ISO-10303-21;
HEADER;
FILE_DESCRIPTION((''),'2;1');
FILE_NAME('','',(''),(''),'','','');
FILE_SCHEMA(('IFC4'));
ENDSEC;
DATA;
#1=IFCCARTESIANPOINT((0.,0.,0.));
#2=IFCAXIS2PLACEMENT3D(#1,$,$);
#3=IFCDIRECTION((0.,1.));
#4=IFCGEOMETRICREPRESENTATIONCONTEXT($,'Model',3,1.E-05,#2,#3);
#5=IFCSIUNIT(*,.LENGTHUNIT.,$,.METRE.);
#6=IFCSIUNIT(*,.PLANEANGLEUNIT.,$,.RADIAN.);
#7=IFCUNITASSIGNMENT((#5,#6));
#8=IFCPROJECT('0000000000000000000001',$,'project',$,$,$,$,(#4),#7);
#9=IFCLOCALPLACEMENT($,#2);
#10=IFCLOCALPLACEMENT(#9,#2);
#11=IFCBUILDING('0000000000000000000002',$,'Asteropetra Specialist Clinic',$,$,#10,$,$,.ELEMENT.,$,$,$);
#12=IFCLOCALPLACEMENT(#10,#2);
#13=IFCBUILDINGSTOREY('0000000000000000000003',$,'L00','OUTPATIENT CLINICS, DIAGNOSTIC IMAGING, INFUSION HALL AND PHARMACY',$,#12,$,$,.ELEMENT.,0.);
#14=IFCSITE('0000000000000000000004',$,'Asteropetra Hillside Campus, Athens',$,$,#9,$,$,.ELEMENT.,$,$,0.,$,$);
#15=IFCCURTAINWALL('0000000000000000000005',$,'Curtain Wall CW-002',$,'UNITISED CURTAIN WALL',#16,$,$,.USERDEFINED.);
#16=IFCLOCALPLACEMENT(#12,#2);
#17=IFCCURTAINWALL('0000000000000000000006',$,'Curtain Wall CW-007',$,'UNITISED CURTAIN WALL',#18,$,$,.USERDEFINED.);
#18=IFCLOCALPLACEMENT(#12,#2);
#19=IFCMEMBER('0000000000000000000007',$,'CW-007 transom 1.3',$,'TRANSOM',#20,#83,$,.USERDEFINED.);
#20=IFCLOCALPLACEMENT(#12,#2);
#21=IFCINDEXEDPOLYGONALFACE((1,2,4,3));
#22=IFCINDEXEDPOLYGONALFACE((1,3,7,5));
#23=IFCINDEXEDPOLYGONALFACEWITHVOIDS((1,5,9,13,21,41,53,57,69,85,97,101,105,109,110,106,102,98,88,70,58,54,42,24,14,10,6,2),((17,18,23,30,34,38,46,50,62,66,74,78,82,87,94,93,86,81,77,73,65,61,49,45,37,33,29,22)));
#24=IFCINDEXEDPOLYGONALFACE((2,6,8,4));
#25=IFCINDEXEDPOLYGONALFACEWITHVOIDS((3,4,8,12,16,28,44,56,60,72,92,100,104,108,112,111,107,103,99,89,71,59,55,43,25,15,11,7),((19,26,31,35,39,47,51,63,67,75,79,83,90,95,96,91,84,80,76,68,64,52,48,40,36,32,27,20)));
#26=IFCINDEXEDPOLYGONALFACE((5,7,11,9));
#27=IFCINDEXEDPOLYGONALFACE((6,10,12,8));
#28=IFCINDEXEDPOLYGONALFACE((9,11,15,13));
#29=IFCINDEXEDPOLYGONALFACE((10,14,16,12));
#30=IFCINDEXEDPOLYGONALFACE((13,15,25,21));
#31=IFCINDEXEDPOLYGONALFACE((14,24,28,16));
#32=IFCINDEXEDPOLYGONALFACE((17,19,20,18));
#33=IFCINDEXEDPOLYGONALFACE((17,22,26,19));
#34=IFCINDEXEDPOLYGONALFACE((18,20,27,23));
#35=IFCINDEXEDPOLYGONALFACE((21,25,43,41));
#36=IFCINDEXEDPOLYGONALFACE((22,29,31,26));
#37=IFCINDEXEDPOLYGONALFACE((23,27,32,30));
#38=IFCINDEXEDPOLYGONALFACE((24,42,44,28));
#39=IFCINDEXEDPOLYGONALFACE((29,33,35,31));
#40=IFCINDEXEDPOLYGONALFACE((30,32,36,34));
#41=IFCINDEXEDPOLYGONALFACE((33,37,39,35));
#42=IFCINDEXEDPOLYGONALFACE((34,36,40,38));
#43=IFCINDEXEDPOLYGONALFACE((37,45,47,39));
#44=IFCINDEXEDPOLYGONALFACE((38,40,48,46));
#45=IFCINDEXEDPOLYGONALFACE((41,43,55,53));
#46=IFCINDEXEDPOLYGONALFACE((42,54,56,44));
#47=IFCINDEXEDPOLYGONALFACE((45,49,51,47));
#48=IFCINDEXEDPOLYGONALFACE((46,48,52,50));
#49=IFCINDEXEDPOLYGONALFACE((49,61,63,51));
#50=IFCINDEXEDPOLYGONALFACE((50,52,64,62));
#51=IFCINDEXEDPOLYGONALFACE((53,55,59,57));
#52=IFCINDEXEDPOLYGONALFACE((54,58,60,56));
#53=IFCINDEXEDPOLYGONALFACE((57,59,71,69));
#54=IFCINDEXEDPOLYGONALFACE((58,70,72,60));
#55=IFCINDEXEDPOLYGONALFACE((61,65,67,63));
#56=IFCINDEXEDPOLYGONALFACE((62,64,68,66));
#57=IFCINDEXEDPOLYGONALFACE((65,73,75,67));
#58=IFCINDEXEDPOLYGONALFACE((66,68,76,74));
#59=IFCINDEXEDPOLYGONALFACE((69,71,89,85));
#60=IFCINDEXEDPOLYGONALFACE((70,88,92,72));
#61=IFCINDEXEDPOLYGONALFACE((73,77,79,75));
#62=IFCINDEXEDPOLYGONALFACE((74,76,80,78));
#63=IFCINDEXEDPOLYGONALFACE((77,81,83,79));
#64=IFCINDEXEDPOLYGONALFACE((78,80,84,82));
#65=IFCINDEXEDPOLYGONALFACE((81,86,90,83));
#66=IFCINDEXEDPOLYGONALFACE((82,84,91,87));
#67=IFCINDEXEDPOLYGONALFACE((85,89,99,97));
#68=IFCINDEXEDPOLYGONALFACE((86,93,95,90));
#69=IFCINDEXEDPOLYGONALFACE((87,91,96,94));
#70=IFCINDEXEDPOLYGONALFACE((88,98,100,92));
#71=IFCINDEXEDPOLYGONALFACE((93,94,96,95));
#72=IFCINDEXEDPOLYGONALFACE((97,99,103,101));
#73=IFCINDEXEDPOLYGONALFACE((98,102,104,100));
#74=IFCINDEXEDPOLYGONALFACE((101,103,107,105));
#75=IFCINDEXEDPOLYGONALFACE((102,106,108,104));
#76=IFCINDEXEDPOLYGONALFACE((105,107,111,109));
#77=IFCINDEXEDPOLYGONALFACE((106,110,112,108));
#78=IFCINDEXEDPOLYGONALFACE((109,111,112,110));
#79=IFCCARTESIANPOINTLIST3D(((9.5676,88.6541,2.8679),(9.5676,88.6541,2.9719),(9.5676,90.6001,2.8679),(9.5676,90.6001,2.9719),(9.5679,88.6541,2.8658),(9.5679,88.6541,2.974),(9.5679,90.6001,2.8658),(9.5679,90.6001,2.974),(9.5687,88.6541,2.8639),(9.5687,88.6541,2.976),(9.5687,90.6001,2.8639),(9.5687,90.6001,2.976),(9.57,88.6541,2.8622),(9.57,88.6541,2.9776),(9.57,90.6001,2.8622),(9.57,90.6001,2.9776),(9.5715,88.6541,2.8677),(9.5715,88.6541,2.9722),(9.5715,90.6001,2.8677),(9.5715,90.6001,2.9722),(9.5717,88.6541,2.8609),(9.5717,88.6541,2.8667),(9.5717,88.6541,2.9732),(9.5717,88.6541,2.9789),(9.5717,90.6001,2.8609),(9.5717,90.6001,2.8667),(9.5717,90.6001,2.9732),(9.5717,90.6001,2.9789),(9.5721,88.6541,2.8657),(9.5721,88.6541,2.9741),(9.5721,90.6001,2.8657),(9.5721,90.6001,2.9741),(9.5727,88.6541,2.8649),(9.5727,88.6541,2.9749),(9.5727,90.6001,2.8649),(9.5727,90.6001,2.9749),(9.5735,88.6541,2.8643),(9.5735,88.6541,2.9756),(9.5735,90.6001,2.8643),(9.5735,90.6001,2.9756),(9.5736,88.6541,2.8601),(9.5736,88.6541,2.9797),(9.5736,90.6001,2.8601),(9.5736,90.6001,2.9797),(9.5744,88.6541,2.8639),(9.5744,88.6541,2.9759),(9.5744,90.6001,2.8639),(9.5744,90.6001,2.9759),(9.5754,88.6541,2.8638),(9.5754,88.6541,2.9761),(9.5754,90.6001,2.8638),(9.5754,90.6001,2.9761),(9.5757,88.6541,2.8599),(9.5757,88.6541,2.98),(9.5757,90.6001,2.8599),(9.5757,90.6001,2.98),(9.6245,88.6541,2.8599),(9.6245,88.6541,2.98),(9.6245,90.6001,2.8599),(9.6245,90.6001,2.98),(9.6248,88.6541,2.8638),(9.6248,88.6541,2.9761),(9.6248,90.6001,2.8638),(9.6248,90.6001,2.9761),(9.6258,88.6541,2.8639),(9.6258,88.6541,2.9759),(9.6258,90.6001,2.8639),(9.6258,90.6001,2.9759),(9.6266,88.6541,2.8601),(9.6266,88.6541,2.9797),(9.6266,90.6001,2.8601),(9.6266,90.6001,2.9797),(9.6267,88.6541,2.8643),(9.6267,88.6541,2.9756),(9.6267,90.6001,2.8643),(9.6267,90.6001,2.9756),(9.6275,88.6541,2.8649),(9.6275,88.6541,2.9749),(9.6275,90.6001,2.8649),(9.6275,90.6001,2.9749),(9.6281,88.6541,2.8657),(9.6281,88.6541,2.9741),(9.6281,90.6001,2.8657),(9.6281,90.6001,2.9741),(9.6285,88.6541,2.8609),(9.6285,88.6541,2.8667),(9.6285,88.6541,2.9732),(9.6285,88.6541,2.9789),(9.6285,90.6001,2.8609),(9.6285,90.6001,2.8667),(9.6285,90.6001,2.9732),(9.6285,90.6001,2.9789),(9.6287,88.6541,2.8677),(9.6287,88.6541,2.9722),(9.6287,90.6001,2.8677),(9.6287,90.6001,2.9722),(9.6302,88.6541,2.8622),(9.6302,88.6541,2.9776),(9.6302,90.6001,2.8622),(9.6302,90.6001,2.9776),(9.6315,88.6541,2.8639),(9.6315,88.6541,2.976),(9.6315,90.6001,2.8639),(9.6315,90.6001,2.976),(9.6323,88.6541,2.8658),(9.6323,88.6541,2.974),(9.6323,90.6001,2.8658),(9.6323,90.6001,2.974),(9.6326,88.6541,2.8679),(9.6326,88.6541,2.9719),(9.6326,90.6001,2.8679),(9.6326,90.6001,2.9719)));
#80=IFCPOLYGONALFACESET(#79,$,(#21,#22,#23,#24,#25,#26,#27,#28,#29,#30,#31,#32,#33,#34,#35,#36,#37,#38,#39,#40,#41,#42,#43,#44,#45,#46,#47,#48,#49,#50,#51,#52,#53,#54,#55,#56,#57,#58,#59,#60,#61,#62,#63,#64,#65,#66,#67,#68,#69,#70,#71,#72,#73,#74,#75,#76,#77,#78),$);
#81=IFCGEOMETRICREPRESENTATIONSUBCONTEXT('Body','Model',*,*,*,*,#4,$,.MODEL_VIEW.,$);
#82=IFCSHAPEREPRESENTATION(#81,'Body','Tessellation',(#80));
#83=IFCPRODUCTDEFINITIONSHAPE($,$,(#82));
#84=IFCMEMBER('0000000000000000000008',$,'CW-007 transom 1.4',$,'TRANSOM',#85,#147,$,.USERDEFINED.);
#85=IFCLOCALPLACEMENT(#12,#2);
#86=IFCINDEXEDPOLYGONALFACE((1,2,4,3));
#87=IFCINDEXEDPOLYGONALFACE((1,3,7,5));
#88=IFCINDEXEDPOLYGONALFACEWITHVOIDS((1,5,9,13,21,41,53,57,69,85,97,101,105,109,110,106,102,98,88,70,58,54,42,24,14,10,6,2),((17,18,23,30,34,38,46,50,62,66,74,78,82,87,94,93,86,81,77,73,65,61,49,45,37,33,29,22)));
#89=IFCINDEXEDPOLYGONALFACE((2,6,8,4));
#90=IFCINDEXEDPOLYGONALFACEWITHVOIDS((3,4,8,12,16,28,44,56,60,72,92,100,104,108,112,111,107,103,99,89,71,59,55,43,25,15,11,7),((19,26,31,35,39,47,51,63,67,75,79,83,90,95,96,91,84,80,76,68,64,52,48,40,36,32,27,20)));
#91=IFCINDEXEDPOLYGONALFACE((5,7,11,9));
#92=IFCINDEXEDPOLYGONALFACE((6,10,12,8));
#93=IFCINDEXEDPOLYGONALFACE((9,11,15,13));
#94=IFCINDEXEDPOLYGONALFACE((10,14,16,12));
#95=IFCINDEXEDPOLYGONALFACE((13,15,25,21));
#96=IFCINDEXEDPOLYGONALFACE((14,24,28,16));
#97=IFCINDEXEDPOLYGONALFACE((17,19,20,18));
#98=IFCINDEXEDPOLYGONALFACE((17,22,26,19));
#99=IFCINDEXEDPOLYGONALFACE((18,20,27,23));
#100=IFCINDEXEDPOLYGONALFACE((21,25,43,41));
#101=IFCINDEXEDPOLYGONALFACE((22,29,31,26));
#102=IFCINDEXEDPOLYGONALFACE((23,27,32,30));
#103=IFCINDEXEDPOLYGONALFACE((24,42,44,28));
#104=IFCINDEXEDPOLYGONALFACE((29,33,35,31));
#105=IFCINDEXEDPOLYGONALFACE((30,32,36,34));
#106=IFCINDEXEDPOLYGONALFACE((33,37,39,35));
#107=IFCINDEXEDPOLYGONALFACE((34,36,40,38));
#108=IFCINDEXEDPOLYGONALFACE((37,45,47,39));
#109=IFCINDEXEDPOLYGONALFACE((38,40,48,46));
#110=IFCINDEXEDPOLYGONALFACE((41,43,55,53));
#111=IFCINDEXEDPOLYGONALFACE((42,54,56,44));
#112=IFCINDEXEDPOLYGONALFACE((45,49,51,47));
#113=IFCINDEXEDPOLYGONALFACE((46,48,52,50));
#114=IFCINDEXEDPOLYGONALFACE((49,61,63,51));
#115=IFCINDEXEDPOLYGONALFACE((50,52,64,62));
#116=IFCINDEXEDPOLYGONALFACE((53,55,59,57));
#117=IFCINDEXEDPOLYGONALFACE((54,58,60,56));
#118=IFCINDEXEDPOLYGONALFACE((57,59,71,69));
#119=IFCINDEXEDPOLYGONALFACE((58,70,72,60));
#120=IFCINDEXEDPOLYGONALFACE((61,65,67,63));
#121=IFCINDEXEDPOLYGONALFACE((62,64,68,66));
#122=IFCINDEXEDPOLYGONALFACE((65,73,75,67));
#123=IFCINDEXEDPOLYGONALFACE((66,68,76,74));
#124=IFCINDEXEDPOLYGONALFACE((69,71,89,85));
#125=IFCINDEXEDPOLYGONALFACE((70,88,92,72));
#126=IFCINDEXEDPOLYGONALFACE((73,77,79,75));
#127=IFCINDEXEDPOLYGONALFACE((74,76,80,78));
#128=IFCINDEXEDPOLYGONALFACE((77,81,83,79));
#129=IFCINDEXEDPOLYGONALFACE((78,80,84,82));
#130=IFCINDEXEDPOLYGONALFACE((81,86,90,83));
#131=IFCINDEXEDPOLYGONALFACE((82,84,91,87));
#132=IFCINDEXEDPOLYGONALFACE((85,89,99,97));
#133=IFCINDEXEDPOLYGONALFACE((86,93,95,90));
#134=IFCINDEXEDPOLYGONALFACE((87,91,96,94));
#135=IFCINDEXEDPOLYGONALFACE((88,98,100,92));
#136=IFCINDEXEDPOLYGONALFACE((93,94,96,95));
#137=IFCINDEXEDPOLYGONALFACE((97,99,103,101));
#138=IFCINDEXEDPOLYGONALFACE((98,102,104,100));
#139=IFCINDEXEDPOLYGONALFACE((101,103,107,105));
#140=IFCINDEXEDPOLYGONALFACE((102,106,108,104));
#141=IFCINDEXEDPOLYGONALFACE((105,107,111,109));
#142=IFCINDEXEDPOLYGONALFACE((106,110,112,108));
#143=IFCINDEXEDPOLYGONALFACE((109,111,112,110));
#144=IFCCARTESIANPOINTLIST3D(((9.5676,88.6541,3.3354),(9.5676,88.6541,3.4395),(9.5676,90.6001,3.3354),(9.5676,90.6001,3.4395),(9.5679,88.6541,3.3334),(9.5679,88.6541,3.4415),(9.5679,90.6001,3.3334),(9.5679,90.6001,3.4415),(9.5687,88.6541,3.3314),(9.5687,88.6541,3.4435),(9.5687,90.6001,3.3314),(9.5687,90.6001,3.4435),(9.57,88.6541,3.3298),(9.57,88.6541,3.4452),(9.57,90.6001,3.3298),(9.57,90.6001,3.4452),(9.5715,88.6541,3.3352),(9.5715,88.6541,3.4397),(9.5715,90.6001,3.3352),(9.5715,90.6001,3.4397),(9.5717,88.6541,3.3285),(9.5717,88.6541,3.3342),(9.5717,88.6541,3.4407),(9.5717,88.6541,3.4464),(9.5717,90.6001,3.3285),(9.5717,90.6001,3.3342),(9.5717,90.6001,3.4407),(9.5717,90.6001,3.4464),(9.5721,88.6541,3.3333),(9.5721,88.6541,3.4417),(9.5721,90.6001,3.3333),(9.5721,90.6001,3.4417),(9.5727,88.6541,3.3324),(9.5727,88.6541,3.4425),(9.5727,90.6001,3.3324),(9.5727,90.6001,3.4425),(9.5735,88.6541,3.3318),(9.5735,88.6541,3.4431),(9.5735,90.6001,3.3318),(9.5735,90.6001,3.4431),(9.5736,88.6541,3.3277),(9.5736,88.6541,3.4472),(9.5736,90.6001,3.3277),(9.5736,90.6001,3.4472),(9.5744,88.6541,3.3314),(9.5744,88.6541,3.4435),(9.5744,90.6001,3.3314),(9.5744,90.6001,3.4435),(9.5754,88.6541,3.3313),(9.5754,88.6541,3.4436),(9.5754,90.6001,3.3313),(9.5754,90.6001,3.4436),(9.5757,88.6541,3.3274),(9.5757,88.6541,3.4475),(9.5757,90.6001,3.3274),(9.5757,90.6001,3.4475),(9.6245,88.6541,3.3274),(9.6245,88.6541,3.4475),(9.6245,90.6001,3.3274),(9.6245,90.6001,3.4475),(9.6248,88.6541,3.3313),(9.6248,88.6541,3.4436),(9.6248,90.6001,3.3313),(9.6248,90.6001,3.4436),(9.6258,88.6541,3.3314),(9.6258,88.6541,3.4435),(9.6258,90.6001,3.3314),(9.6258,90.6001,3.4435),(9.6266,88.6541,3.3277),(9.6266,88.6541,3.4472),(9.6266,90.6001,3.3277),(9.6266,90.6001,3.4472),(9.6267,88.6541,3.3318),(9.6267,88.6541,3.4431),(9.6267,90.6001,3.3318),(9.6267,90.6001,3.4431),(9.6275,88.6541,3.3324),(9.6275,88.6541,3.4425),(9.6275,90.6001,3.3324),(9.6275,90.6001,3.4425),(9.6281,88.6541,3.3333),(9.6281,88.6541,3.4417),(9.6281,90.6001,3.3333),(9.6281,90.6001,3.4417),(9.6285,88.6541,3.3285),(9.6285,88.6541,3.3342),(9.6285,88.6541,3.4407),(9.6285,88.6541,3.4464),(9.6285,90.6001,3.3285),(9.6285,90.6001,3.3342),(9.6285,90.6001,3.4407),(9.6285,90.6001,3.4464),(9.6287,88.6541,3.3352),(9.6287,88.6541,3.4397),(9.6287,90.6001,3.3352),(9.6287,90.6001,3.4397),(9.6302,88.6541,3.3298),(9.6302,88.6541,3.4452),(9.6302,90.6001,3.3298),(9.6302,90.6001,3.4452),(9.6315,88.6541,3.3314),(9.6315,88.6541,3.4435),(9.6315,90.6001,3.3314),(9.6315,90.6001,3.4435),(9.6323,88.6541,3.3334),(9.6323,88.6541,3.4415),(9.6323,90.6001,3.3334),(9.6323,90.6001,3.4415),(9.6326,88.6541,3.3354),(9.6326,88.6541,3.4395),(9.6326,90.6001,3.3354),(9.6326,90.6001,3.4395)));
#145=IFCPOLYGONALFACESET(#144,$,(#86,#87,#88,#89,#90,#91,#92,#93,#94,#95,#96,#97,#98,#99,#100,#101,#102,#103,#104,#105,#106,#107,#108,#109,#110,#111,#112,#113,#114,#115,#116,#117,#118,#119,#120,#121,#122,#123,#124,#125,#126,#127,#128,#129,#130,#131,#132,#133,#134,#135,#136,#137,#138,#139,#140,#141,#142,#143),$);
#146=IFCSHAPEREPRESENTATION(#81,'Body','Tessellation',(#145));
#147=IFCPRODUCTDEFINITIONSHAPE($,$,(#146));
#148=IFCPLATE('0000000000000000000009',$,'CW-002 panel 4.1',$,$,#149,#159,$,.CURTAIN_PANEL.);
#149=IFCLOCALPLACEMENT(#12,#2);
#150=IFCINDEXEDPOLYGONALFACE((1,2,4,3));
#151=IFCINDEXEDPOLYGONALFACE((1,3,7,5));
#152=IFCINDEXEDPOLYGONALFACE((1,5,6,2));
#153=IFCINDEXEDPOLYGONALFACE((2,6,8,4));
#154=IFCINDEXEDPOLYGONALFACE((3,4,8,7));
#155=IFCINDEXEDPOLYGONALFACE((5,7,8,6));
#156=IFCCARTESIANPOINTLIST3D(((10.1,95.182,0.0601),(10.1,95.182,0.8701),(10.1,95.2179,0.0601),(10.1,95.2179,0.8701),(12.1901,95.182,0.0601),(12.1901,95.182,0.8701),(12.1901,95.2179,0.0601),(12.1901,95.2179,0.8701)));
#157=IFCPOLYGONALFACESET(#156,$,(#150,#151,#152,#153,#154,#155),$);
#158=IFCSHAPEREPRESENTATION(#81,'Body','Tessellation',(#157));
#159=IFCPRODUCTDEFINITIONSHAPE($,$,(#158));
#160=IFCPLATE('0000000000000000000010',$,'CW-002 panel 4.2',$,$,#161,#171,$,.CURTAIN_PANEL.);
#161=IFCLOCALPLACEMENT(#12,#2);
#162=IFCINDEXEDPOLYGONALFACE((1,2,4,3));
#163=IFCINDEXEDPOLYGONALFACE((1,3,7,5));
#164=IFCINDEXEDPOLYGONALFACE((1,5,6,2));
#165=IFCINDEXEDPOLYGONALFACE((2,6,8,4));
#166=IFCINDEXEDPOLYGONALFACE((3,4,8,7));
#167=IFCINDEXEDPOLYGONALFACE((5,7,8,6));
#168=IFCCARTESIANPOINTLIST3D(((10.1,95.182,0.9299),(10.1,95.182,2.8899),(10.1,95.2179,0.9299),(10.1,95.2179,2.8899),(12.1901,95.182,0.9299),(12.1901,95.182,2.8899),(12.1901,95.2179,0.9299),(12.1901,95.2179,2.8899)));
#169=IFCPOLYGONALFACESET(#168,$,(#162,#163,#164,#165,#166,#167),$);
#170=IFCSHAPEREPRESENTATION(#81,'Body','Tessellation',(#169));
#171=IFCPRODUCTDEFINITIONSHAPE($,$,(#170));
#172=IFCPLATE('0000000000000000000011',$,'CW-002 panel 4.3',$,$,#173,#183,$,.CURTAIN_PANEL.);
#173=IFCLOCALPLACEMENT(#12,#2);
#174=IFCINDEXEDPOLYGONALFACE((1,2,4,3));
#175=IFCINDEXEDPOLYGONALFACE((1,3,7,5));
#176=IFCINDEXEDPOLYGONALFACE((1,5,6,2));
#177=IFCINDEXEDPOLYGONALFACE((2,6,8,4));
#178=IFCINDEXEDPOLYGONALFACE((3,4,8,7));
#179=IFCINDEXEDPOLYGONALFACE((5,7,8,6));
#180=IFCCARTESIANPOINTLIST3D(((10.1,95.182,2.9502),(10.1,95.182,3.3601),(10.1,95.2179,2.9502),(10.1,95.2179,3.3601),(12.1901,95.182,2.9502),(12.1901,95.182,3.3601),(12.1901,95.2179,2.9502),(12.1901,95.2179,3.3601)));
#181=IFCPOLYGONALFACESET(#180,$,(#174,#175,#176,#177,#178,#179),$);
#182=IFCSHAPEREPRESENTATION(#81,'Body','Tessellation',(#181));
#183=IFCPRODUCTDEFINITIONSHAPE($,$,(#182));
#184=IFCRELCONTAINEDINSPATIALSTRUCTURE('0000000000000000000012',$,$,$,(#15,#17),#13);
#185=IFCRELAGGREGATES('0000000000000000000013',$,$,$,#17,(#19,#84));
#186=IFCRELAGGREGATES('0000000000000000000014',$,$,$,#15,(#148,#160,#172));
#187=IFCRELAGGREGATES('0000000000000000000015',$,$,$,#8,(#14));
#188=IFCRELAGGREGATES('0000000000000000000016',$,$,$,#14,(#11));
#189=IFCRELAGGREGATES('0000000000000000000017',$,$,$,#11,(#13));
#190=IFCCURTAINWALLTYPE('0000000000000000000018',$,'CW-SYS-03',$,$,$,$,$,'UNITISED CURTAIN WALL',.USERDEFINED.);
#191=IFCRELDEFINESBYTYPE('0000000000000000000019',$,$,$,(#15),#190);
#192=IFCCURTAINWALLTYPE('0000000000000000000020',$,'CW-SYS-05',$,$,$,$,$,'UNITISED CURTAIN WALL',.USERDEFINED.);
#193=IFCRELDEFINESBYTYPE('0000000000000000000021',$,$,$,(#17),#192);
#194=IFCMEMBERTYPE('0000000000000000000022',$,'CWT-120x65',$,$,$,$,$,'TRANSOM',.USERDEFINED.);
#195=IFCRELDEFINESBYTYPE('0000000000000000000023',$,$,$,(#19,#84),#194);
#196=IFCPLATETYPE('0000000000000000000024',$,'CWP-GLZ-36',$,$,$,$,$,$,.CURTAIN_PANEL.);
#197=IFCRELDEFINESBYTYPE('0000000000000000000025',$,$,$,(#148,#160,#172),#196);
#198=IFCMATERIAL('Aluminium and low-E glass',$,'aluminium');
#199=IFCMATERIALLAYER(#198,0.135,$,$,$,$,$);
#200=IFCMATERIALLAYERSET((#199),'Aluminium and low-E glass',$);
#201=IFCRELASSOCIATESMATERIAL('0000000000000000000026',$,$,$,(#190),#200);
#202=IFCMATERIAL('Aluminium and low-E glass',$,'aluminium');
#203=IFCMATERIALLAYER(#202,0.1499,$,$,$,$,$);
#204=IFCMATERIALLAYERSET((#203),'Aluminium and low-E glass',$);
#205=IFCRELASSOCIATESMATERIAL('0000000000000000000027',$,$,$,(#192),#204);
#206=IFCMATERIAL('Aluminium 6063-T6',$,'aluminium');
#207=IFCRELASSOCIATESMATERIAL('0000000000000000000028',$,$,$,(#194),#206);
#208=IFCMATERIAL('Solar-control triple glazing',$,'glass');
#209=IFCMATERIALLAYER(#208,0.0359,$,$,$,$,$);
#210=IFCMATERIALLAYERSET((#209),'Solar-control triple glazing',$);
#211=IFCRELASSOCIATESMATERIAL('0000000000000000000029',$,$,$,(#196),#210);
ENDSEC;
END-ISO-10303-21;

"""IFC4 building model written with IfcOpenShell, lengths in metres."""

from ifc_helpers import new_model, si_unit, direction, frame, origin, origin_2d, place, context, subcontext, project, spatial, rectangle, hollow_rectangle, extrude, material, layer, layer_set, material_profile, profile_set, type_object, element, aggregate, save


model = new_model("IFC4")

# Units and contexts
model_context = context("Model", 3, precision=1e-05, world=origin(), true_north=direction((0.0, 1.0)))
body_context = subcontext(model_context, "Body", "Model", "MODEL_VIEW")
ifc_project = project(units=[si_unit("LENGTHUNIT", "METRE"), si_unit("PLANEANGLEUNIT", "RADIAN")], contexts=[model_context])

# Site, building, storey
site_placement = place(None, origin())
site = spatial("IfcSite", under=ifc_project, at=site_placement, Name="Asteropetra Hillside Campus, Athens", CompositionType="ELEMENT", RefElevation=0.0)
building_placement = place(site_placement, origin())
building = spatial("IfcBuilding", under=site, at=building_placement, Name="Asteropetra Specialist Clinic", CompositionType="ELEMENT")
storey_placement = place(building_placement, origin())
storey = spatial("IfcBuildingStorey", under=building, at=storey_placement, Name="L00", Description="OUTPATIENT CLINICS, DIAGNOSTIC IMAGING, INFUSION HALL AND PHARMACY", CompositionType="ELEMENT", Elevation=0.0)

# Curtain wall
ifc_material_1 = material(Name="Aluminium and low-E glass", Category="aluminium")
ifc_layer_1 = layer(ifc_material_1, 0.135)
ifc_layer_set_1 = layer_set([ifc_layer_1], Name="Aluminium and low-E glass")
curtain_wall_type_1 = type_object("IfcCurtainWallType", Name="CW-SYS-03", ElementType="UNITISED CURTAIN WALL", PredefinedType="USERDEFINED", material=ifc_layer_set_1)
curtain_wall_1_placement = place(storey_placement, origin())
curtain_wall_1 = element("IfcCurtainWall", 1, at=curtain_wall_1_placement, inside=storey, type_object=curtain_wall_type_1, Name="Curtain Wall CW-002", ObjectType="UNITISED CURTAIN WALL", PredefinedType="USERDEFINED")

# Curtain wall
ifc_material_2 = material(Name="Aluminium and low-E glass", Category="aluminium")
ifc_layer_2 = layer(ifc_material_2, 0.1499)
ifc_layer_set_2 = layer_set([ifc_layer_2], Name="Aluminium and low-E glass")
curtain_wall_type_2 = type_object("IfcCurtainWallType", Name="CW-SYS-05", ElementType="UNITISED CURTAIN WALL", PredefinedType="USERDEFINED", material=ifc_layer_set_2)
curtain_wall_2_placement = place(storey_placement, origin())
curtain_wall_2 = element("IfcCurtainWall", 2, at=curtain_wall_2_placement, inside=storey, type_object=curtain_wall_type_2, Name="Curtain Wall CW-007", ObjectType="UNITISED CURTAIN WALL", PredefinedType="USERDEFINED")

# Members
ifc_material_3 = material(Name="Aluminium 6063-T6", Category="aluminium")
ifc_material_profile_1 = material_profile(ifc_material_3, hollow_rectangle(XDim=0.0649, YDim=0.1201, WallThickness=0.0039, InnerFilletRadius=0.0039, OuterFilletRadius=0.0081, at=origin_2d()), Name="TRN 120x65x4.0")
ifc_profile_set_1 = profile_set([ifc_material_profile_1], Name="Aluminium 6063-T6")
member_type_1 = type_object("IfcMemberType", Name="CWT-120x65", ElementType="TRANSOM", PredefinedType="USERDEFINED", material=ifc_profile_set_1)
member_1_placement = place(storey_placement, frame((9.6001, 90.6001, 2.9199), z_axis=(0.0, -1.0, 0.0), x_axis=(1.0, 0.0, 0.0)))
member_1 = element("IfcMember", 3, at=member_1_placement, type_object=member_type_1, Name="CW-007 transom 1.3", ObjectType="TRANSOM", PredefinedType="USERDEFINED", context=body_context, shape_type="SweptSolid", body=[
    extrude(hollow_rectangle(XDim=0.0649, YDim=0.1201, WallThickness=0.0039, InnerFilletRadius=0.0039, OuterFilletRadius=0.0081, at=origin_2d()), origin(), (0.0, 0.0, 1.0), 1.946),
])
member_2_placement = place(storey_placement, frame((9.6001, 90.6001, 3.3875), z_axis=(0.0, -1.0, 0.0), x_axis=(1.0, 0.0, 0.0)))
member_2 = element("IfcMember", 4, at=member_2_placement, type_object=member_type_1, Name="CW-007 transom 1.4", ObjectType="TRANSOM", PredefinedType="USERDEFINED", context=body_context, shape_type="SweptSolid", body=[
    extrude(hollow_rectangle(XDim=0.0649, YDim=0.1201, WallThickness=0.0039, InnerFilletRadius=0.0039, OuterFilletRadius=0.0081, at=origin_2d()), origin(), (0.0, 0.0, 1.0), 1.946),
])
aggregate(curtain_wall_2, [member_1, member_2])

# Plates
ifc_material_4 = material(Name="Solar-control triple glazing", Category="glass")
ifc_layer_3 = layer(ifc_material_4, 0.0359)
ifc_layer_set_3 = layer_set([ifc_layer_3], Name="Solar-control triple glazing")
plate_type = type_object("IfcPlateType", Name="CWP-GLZ-36", PredefinedType="CURTAIN_PANEL", material=ifc_layer_set_3)
plate_1_placement = place(storey_placement, frame((11.145, 95.2, 0.0601), z_axis=(0.0, 0.0, 1.0), x_axis=(-1.0, 0.0, 0.0)))
plate_1 = element("IfcPlate", 5, at=plate_1_placement, type_object=plate_type, Name="CW-002 panel 4.1", PredefinedType="CURTAIN_PANEL", context=body_context, shape_type="SweptSolid", body=[
    extrude(rectangle(XDim=2.0901, YDim=0.0359, at=origin_2d()), origin(), (0.0, 0.0, 1.0), 0.8101),
])
plate_2_placement = place(storey_placement, frame((11.145, 95.2, 0.9299), z_axis=(0.0, 0.0, 1.0), x_axis=(-1.0, 0.0, 0.0)))
plate_2 = element("IfcPlate", 6, at=plate_2_placement, type_object=plate_type, Name="CW-002 panel 4.2", PredefinedType="CURTAIN_PANEL", context=body_context, shape_type="SweptSolid", body=[
    extrude(rectangle(XDim=2.0901, YDim=0.0359, at=origin_2d()), origin(), (0.0, 0.0, 1.0), 1.96),
])
plate_3_placement = place(storey_placement, frame((11.145, 95.2, 2.9502), z_axis=(0.0, 0.0, 1.0), x_axis=(-1.0, 0.0, 0.0)))
plate_3 = element("IfcPlate", 7, at=plate_3_placement, type_object=plate_type, Name="CW-002 panel 4.3", PredefinedType="CURTAIN_PANEL", context=body_context, shape_type="SweptSolid", body=[
    extrude(rectangle(XDim=2.0901, YDim=0.0359, at=origin_2d()), origin(), (0.0, 0.0, 1.0), 0.4099),
])
aggregate(curtain_wall_1, [plate_1, plate_2, plate_3])

save(model, "model.ifc")
